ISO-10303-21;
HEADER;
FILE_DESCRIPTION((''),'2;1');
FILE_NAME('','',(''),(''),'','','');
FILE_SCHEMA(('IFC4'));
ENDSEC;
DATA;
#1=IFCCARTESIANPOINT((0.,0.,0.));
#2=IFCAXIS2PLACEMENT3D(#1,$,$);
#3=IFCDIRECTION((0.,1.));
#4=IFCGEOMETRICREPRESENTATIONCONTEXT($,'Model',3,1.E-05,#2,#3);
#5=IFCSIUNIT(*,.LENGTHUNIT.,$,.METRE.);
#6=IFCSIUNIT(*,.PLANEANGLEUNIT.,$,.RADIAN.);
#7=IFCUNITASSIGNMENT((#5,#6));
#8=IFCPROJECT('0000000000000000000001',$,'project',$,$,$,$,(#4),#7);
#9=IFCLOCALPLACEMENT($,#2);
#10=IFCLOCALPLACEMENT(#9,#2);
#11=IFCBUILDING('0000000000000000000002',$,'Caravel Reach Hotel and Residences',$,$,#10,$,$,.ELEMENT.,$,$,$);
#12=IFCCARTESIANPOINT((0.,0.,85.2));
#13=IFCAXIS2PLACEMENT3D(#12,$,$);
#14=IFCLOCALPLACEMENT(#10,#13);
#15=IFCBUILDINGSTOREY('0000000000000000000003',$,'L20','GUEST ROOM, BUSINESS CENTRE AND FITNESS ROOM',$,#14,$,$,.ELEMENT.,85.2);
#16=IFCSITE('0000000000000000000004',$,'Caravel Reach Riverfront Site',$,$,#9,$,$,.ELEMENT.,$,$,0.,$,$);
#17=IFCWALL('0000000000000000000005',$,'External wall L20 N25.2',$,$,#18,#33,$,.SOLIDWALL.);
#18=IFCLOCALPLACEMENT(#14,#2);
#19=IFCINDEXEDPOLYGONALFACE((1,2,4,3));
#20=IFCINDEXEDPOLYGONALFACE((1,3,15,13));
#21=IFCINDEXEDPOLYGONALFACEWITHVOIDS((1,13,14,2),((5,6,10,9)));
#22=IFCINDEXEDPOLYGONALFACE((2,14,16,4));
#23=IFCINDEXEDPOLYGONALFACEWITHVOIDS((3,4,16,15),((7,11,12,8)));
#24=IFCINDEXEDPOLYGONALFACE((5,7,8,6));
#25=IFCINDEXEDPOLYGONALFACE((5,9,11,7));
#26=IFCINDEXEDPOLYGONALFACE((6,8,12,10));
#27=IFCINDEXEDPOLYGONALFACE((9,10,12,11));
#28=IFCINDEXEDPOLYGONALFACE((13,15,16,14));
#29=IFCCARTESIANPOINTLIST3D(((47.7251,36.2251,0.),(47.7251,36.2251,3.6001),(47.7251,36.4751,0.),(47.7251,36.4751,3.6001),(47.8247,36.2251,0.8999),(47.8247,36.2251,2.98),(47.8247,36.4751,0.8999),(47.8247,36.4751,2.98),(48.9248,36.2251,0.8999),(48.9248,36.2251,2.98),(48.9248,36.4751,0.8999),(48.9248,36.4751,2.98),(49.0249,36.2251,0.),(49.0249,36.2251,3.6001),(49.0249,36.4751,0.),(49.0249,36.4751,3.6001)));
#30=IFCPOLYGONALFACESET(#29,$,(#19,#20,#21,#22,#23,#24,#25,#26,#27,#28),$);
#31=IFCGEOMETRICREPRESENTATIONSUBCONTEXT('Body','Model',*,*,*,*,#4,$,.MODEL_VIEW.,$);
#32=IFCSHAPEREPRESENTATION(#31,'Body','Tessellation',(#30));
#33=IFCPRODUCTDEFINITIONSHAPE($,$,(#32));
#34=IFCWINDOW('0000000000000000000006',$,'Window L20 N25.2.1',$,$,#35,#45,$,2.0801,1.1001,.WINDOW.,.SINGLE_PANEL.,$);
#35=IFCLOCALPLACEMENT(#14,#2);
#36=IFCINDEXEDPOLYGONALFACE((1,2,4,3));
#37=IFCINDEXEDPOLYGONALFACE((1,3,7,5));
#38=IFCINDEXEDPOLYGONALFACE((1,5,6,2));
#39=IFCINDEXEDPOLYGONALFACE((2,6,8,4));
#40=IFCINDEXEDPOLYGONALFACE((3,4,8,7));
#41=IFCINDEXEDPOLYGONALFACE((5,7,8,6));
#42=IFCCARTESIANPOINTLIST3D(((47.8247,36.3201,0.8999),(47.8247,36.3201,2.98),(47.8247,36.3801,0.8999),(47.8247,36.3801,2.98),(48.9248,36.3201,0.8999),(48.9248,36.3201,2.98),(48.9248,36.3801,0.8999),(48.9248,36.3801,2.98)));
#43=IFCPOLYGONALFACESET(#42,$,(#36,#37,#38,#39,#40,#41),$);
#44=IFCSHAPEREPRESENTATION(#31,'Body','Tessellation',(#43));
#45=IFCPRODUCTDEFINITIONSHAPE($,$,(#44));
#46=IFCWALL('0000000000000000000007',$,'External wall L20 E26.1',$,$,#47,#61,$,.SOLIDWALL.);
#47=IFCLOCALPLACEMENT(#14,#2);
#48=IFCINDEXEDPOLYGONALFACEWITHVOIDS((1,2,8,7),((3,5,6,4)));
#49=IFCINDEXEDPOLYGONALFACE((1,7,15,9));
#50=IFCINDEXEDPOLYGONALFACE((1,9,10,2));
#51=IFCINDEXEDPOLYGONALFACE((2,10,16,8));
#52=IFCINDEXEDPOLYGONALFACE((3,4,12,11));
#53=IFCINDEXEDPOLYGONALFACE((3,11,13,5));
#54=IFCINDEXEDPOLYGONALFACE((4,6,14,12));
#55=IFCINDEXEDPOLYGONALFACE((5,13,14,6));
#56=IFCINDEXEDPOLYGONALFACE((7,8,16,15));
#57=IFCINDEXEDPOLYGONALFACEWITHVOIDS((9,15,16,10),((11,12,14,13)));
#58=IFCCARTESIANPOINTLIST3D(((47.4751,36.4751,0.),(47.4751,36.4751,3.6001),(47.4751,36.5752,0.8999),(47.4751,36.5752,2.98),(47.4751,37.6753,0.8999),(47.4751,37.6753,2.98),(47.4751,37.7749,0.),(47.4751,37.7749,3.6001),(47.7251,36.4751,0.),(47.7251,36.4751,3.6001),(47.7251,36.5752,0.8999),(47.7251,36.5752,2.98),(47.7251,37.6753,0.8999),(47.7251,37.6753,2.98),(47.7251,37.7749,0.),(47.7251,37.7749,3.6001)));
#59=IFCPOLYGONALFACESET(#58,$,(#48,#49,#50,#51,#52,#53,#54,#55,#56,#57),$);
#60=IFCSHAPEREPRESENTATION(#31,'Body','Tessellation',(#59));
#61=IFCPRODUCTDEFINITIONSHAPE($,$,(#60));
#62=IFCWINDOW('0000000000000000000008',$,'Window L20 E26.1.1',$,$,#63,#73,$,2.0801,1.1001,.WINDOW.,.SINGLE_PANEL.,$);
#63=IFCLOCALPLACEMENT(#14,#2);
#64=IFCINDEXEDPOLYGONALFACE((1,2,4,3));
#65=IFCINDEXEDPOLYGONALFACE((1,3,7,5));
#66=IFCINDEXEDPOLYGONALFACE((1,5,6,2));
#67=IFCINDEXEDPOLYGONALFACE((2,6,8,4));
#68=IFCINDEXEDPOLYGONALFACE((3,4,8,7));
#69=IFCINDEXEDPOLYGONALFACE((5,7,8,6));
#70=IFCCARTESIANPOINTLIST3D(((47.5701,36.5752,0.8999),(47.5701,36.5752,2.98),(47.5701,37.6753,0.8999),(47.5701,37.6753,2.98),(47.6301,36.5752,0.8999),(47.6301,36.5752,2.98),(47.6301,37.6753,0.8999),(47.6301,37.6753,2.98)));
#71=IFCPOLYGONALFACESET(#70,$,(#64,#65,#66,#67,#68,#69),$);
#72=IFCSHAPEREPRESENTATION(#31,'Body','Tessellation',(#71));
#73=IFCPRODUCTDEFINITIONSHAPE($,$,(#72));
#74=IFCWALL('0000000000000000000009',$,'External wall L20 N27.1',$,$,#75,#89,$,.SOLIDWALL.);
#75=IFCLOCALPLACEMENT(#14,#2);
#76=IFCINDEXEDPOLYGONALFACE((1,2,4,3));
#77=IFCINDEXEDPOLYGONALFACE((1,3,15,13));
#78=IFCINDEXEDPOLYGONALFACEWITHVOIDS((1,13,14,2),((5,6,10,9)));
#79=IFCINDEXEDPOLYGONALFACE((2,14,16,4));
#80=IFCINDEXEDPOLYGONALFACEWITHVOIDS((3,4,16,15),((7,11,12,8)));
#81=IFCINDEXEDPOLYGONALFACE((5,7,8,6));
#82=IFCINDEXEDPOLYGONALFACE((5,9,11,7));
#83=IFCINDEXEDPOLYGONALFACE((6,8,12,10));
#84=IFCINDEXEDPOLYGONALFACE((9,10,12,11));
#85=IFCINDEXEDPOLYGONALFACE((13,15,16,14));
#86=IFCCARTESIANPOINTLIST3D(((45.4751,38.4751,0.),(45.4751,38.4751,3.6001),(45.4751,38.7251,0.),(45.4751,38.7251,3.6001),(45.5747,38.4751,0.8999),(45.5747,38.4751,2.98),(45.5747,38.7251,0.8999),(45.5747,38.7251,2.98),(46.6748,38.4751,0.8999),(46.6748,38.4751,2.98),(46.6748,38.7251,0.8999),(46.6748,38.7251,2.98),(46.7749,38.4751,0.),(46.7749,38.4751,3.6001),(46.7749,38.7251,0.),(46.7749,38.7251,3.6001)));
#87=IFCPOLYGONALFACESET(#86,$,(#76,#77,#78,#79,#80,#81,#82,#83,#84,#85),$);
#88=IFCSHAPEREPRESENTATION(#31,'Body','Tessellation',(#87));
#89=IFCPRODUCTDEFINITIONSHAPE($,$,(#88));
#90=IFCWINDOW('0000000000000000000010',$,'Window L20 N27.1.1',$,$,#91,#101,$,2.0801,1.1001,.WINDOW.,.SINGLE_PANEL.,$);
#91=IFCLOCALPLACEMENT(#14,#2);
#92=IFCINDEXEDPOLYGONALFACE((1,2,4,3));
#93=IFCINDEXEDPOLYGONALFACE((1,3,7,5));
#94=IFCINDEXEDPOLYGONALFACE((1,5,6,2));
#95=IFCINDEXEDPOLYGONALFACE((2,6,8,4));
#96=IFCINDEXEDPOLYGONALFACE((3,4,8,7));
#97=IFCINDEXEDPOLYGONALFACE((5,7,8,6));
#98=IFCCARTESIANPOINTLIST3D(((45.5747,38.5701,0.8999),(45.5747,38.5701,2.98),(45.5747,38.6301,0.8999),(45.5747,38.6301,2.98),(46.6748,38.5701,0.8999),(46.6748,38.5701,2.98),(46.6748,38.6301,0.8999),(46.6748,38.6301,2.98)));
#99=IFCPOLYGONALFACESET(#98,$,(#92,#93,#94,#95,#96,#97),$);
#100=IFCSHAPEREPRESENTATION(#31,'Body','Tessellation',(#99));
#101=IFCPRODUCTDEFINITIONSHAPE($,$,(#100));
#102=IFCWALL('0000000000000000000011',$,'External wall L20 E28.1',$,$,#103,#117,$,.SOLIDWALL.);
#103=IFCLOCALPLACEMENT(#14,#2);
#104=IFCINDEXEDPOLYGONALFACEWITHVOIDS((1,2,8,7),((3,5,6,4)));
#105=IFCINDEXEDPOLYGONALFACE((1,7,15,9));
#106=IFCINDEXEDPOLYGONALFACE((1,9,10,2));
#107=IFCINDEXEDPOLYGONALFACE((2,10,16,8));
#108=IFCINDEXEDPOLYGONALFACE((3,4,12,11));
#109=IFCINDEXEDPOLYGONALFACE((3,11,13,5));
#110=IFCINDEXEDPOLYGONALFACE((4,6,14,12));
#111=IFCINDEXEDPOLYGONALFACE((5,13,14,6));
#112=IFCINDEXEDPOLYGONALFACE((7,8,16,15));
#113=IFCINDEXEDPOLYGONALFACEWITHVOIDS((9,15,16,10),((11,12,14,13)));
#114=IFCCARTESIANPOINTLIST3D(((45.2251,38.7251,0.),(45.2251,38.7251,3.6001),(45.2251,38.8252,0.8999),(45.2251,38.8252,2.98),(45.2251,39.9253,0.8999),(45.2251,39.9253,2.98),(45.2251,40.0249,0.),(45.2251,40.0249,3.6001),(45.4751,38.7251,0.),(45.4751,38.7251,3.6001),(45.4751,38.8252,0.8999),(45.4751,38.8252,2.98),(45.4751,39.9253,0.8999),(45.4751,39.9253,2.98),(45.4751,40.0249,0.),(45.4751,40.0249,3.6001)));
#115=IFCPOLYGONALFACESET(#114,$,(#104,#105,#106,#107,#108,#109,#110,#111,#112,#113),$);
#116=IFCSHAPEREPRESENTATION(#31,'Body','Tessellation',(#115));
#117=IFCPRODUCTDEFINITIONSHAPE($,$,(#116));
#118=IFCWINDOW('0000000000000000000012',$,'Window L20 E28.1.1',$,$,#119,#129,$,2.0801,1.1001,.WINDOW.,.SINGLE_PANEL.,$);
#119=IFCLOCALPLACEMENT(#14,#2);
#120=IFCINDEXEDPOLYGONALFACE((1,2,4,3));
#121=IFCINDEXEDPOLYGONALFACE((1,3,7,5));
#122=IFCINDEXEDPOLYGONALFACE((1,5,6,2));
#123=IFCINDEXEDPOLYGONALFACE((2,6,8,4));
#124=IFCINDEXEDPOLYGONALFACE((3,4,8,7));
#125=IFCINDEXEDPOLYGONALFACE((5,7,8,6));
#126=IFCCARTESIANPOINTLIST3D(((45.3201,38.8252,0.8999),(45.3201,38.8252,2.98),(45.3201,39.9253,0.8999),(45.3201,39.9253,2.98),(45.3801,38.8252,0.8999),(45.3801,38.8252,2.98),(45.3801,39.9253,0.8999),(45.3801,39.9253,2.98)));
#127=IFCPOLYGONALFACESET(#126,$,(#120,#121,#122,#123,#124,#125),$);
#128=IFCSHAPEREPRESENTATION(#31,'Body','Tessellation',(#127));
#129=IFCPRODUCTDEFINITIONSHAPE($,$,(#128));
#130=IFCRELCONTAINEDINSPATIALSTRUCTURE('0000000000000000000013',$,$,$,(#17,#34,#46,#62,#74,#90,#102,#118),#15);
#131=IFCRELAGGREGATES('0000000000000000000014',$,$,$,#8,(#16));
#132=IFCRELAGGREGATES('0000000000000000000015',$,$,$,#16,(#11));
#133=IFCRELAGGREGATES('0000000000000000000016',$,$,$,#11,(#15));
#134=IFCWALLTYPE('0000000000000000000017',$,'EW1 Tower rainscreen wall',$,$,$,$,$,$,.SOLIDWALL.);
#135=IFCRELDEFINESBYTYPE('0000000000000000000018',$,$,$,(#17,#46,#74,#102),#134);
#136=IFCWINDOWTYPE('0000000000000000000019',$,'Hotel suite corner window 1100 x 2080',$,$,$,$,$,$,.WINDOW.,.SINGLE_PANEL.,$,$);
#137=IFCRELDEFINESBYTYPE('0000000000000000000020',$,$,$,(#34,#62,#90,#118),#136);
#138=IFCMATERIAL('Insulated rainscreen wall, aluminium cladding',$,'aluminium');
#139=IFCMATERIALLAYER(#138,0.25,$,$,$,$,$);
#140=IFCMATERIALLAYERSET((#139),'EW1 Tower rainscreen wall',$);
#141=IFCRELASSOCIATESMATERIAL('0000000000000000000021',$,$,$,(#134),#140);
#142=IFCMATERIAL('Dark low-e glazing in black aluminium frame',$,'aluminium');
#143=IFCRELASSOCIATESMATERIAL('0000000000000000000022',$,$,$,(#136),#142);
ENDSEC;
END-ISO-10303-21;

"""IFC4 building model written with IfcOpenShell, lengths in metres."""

from ifc_helpers import new_model, si_unit, direction, frame, frame_2d, origin, place, context, subcontext, project, spatial, rectangle, extrude, material, layer, layer_set, type_object, element, fill, save


model = new_model("IFC4")

# Units and contexts
model_context = context("Model", 3, precision=1e-05, world=origin(), true_north=direction((0.0, 1.0)))
body_context = subcontext(model_context, "Body", "Model", "MODEL_VIEW")
ifc_project = project(units=[si_unit("LENGTHUNIT", "METRE"), si_unit("PLANEANGLEUNIT", "RADIAN")], contexts=[model_context])

# Site, building, storey
site_placement = place(None, origin())
site = spatial("IfcSite", under=ifc_project, at=site_placement, Name="Caravel Reach Riverfront Site", CompositionType="ELEMENT", RefElevation=0.0)
building_placement = place(site_placement, origin())
building = spatial("IfcBuilding", under=site, at=building_placement, Name="Caravel Reach Hotel and Residences", CompositionType="ELEMENT")
storey_placement = place(building_placement, frame((0.0, 0.0, 85.2)))
storey = spatial("IfcBuildingStorey", under=building, at=storey_placement, Name="L20", Description="GUEST ROOM, BUSINESS CENTRE AND FITNESS ROOM", CompositionType="ELEMENT", Elevation=85.2)

# Walls, openings, windows
ifc_material_1 = material(Name="Insulated rainscreen wall, aluminium cladding", Category="aluminium")
ifc_layer = layer(ifc_material_1, 0.25)
ifc_layer_set = layer_set([ifc_layer], Name="EW1 Tower rainscreen wall")
wall_type = type_object("IfcWallType", Name="EW1 Tower rainscreen wall", PredefinedType="SOLIDWALL", material=ifc_layer_set)
wall_1_placement = place(storey_placement, frame((49.0249, 36.3501, 0.0), z_axis=(0.0, 0.0, 1.0), x_axis=(-1.0, 0.0, 0.0)))
wall_1 = element("IfcWall", 1, at=wall_1_placement, inside=storey, type_object=wall_type, Name="External wall L20 N25.2", PredefinedType="SOLIDWALL", context=body_context, shape_type="SweptSolid", body=[
    extrude(rectangle(XDim=1.2998, YDim=0.25, at=frame_2d((0.6499, 0.0))), origin(), (0.0, 0.0, 1.0), 3.6001),
])
opening_1_placement = place(wall_1_placement, frame((0.1001, 0.0, 0.8999)))
opening_1 = element("IfcOpeningElement", 2, at=opening_1_placement, cuts=wall_1, PredefinedType="OPENING", context=body_context, shape_type="SweptSolid", body=[
    extrude(rectangle(XDim=1.1001, YDim=2.0801, at=frame_2d((0.55, 1.04))), frame((0.0, 0.135, 0.0), z_axis=(0.0, -1.0, 0.0), x_axis=(1.0, 0.0, 0.0)), (0.0, 0.0, 1.0), 0.27),
])
ifc_material_2 = material(Name="Dark low-e glazing in black aluminium frame", Category="aluminium")
window_type = type_object("IfcWindowType", Name="Hotel suite corner window 1100 x 2080", PartitioningType="SINGLE_PANEL", PredefinedType="WINDOW", material=ifc_material_2)
window_1_placement = place(opening_1_placement, origin())
window_1 = element("IfcWindow", 3, at=window_1_placement, inside=storey, type_object=window_type, Name="Window L20 N25.2.1", OverallHeight=2.0801, OverallWidth=1.1001, PartitioningType="SINGLE_PANEL", PredefinedType="WINDOW", context=body_context, shape_type="SweptSolid", body=[
    extrude(rectangle(XDim=1.1001, YDim=2.0801, at=frame_2d((0.55, 1.04))), frame((0.0, 0.03, 0.0), z_axis=(0.0, -1.0, 0.0), x_axis=(1.0, 0.0, 0.0)), (0.0, 0.0, 1.0), 0.0601),
])
fill(opening_1, window_1)
wall_2_placement = place(storey_placement, frame((47.6001, 36.4751, 0.0), z_axis=(0.0, 0.0, 1.0), x_axis=(0.0, 1.0, 0.0)))
wall_2 = element("IfcWall", 4, at=wall_2_placement, inside=storey, type_object=wall_type, Name="External wall L20 E26.1", PredefinedType="SOLIDWALL", context=body_context, shape_type="SweptSolid", body=[
    extrude(rectangle(XDim=1.2998, YDim=0.25, at=frame_2d((0.6499, 0.0))), origin(), (0.0, 0.0, 1.0), 3.6001),
])
opening_2_placement = place(wall_2_placement, frame((0.1001, 0.0, 0.8999)))
opening_2 = element("IfcOpeningElement", 5, at=opening_2_placement, cuts=wall_2, PredefinedType="OPENING", context=body_context, shape_type="SweptSolid", body=[
    extrude(rectangle(XDim=1.1001, YDim=2.0801, at=frame_2d((0.55, 1.04))), frame((0.0, 0.135, 0.0), z_axis=(0.0, -1.0, 0.0), x_axis=(1.0, 0.0, 0.0)), (0.0, 0.0, 1.0), 0.27),
])
window_2_placement = place(opening_2_placement, origin())
window_2 = element("IfcWindow", 6, at=window_2_placement, inside=storey, type_object=window_type, Name="Window L20 E26.1.1", OverallHeight=2.0801, OverallWidth=1.1001, PartitioningType="SINGLE_PANEL", PredefinedType="WINDOW", context=body_context, shape_type="SweptSolid", body=[
    extrude(rectangle(XDim=1.1001, YDim=2.0801, at=frame_2d((0.55, 1.04))), frame((0.0, 0.03, 0.0), z_axis=(0.0, -1.0, 0.0), x_axis=(1.0, 0.0, 0.0)), (0.0, 0.0, 1.0), 0.0601),
])
fill(opening_2, window_2)
wall_3_placement = place(storey_placement, frame((46.7749, 38.6001, 0.0), z_axis=(0.0, 0.0, 1.0), x_axis=(-1.0, 0.0, 0.0)))
wall_3 = element("IfcWall", 7, at=wall_3_placement, inside=storey, type_object=wall_type, Name="External wall L20 N27.1", PredefinedType="SOLIDWALL", context=body_context, shape_type="SweptSolid", body=[
    extrude(rectangle(XDim=1.2998, YDim=0.25, at=frame_2d((0.6499, 0.0))), origin(), (0.0, 0.0, 1.0), 3.6001),
])
opening_3_placement = place(wall_3_placement, frame((0.1001, 0.0, 0.8999)))
opening_3 = element("IfcOpeningElement", 8, at=opening_3_placement, cuts=wall_3, PredefinedType="OPENING", context=body_context, shape_type="SweptSolid", body=[
    extrude(rectangle(XDim=1.1001, YDim=2.0801, at=frame_2d((0.55, 1.04))), frame((0.0, 0.135, 0.0), z_axis=(0.0, -1.0, 0.0), x_axis=(1.0, 0.0, 0.0)), (0.0, 0.0, 1.0), 0.27),
])
window_3_placement = place(opening_3_placement, origin())
window_3 = element("IfcWindow", 9, at=window_3_placement, inside=storey, type_object=window_type, Name="Window L20 N27.1.1", OverallHeight=2.0801, OverallWidth=1.1001, PartitioningType="SINGLE_PANEL", PredefinedType="WINDOW", context=body_context, shape_type="SweptSolid", body=[
    extrude(rectangle(XDim=1.1001, YDim=2.0801, at=frame_2d((0.55, 1.04))), frame((0.0, 0.03, 0.0), z_axis=(0.0, -1.0, 0.0), x_axis=(1.0, 0.0, 0.0)), (0.0, 0.0, 1.0), 0.0601),
])
fill(opening_3, window_3)
wall_4_placement = place(storey_placement, frame((45.3501, 38.7251, 0.0), z_axis=(0.0, 0.0, 1.0), x_axis=(0.0, 1.0, 0.0)))
wall_4 = element("IfcWall", 10, at=wall_4_placement, inside=storey, type_object=wall_type, Name="External wall L20 E28.1", PredefinedType="SOLIDWALL", context=body_context, shape_type="SweptSolid", body=[
    extrude(rectangle(XDim=1.2998, YDim=0.25, at=frame_2d((0.6499, 0.0))), origin(), (0.0, 0.0, 1.0), 3.6001),
])
opening_4_placement = place(wall_4_placement, frame((0.1001, 0.0, 0.8999)))
opening_4 = element("IfcOpeningElement", 11, at=opening_4_placement, cuts=wall_4, PredefinedType="OPENING", context=body_context, shape_type="SweptSolid", body=[
    extrude(rectangle(XDim=1.1001, YDim=2.0801, at=frame_2d((0.55, 1.04))), frame((0.0, 0.135, 0.0), z_axis=(0.0, -1.0, 0.0), x_axis=(1.0, 0.0, 0.0)), (0.0, 0.0, 1.0), 0.27),
])
window_4_placement = place(opening_4_placement, origin())
window_4 = element("IfcWindow", 12, at=window_4_placement, inside=storey, type_object=window_type, Name="Window L20 E28.1.1", OverallHeight=2.0801, OverallWidth=1.1001, PartitioningType="SINGLE_PANEL", PredefinedType="WINDOW", context=body_context, shape_type="SweptSolid", body=[
    extrude(rectangle(XDim=1.1001, YDim=2.0801, at=frame_2d((0.55, 1.04))), frame((0.0, 0.03, 0.0), z_axis=(0.0, -1.0, 0.0), x_axis=(1.0, 0.0, 0.0)), (0.0, 0.0, 1.0), 0.0601),
])
fill(opening_4, window_4)

save(model, "model.ifc")
